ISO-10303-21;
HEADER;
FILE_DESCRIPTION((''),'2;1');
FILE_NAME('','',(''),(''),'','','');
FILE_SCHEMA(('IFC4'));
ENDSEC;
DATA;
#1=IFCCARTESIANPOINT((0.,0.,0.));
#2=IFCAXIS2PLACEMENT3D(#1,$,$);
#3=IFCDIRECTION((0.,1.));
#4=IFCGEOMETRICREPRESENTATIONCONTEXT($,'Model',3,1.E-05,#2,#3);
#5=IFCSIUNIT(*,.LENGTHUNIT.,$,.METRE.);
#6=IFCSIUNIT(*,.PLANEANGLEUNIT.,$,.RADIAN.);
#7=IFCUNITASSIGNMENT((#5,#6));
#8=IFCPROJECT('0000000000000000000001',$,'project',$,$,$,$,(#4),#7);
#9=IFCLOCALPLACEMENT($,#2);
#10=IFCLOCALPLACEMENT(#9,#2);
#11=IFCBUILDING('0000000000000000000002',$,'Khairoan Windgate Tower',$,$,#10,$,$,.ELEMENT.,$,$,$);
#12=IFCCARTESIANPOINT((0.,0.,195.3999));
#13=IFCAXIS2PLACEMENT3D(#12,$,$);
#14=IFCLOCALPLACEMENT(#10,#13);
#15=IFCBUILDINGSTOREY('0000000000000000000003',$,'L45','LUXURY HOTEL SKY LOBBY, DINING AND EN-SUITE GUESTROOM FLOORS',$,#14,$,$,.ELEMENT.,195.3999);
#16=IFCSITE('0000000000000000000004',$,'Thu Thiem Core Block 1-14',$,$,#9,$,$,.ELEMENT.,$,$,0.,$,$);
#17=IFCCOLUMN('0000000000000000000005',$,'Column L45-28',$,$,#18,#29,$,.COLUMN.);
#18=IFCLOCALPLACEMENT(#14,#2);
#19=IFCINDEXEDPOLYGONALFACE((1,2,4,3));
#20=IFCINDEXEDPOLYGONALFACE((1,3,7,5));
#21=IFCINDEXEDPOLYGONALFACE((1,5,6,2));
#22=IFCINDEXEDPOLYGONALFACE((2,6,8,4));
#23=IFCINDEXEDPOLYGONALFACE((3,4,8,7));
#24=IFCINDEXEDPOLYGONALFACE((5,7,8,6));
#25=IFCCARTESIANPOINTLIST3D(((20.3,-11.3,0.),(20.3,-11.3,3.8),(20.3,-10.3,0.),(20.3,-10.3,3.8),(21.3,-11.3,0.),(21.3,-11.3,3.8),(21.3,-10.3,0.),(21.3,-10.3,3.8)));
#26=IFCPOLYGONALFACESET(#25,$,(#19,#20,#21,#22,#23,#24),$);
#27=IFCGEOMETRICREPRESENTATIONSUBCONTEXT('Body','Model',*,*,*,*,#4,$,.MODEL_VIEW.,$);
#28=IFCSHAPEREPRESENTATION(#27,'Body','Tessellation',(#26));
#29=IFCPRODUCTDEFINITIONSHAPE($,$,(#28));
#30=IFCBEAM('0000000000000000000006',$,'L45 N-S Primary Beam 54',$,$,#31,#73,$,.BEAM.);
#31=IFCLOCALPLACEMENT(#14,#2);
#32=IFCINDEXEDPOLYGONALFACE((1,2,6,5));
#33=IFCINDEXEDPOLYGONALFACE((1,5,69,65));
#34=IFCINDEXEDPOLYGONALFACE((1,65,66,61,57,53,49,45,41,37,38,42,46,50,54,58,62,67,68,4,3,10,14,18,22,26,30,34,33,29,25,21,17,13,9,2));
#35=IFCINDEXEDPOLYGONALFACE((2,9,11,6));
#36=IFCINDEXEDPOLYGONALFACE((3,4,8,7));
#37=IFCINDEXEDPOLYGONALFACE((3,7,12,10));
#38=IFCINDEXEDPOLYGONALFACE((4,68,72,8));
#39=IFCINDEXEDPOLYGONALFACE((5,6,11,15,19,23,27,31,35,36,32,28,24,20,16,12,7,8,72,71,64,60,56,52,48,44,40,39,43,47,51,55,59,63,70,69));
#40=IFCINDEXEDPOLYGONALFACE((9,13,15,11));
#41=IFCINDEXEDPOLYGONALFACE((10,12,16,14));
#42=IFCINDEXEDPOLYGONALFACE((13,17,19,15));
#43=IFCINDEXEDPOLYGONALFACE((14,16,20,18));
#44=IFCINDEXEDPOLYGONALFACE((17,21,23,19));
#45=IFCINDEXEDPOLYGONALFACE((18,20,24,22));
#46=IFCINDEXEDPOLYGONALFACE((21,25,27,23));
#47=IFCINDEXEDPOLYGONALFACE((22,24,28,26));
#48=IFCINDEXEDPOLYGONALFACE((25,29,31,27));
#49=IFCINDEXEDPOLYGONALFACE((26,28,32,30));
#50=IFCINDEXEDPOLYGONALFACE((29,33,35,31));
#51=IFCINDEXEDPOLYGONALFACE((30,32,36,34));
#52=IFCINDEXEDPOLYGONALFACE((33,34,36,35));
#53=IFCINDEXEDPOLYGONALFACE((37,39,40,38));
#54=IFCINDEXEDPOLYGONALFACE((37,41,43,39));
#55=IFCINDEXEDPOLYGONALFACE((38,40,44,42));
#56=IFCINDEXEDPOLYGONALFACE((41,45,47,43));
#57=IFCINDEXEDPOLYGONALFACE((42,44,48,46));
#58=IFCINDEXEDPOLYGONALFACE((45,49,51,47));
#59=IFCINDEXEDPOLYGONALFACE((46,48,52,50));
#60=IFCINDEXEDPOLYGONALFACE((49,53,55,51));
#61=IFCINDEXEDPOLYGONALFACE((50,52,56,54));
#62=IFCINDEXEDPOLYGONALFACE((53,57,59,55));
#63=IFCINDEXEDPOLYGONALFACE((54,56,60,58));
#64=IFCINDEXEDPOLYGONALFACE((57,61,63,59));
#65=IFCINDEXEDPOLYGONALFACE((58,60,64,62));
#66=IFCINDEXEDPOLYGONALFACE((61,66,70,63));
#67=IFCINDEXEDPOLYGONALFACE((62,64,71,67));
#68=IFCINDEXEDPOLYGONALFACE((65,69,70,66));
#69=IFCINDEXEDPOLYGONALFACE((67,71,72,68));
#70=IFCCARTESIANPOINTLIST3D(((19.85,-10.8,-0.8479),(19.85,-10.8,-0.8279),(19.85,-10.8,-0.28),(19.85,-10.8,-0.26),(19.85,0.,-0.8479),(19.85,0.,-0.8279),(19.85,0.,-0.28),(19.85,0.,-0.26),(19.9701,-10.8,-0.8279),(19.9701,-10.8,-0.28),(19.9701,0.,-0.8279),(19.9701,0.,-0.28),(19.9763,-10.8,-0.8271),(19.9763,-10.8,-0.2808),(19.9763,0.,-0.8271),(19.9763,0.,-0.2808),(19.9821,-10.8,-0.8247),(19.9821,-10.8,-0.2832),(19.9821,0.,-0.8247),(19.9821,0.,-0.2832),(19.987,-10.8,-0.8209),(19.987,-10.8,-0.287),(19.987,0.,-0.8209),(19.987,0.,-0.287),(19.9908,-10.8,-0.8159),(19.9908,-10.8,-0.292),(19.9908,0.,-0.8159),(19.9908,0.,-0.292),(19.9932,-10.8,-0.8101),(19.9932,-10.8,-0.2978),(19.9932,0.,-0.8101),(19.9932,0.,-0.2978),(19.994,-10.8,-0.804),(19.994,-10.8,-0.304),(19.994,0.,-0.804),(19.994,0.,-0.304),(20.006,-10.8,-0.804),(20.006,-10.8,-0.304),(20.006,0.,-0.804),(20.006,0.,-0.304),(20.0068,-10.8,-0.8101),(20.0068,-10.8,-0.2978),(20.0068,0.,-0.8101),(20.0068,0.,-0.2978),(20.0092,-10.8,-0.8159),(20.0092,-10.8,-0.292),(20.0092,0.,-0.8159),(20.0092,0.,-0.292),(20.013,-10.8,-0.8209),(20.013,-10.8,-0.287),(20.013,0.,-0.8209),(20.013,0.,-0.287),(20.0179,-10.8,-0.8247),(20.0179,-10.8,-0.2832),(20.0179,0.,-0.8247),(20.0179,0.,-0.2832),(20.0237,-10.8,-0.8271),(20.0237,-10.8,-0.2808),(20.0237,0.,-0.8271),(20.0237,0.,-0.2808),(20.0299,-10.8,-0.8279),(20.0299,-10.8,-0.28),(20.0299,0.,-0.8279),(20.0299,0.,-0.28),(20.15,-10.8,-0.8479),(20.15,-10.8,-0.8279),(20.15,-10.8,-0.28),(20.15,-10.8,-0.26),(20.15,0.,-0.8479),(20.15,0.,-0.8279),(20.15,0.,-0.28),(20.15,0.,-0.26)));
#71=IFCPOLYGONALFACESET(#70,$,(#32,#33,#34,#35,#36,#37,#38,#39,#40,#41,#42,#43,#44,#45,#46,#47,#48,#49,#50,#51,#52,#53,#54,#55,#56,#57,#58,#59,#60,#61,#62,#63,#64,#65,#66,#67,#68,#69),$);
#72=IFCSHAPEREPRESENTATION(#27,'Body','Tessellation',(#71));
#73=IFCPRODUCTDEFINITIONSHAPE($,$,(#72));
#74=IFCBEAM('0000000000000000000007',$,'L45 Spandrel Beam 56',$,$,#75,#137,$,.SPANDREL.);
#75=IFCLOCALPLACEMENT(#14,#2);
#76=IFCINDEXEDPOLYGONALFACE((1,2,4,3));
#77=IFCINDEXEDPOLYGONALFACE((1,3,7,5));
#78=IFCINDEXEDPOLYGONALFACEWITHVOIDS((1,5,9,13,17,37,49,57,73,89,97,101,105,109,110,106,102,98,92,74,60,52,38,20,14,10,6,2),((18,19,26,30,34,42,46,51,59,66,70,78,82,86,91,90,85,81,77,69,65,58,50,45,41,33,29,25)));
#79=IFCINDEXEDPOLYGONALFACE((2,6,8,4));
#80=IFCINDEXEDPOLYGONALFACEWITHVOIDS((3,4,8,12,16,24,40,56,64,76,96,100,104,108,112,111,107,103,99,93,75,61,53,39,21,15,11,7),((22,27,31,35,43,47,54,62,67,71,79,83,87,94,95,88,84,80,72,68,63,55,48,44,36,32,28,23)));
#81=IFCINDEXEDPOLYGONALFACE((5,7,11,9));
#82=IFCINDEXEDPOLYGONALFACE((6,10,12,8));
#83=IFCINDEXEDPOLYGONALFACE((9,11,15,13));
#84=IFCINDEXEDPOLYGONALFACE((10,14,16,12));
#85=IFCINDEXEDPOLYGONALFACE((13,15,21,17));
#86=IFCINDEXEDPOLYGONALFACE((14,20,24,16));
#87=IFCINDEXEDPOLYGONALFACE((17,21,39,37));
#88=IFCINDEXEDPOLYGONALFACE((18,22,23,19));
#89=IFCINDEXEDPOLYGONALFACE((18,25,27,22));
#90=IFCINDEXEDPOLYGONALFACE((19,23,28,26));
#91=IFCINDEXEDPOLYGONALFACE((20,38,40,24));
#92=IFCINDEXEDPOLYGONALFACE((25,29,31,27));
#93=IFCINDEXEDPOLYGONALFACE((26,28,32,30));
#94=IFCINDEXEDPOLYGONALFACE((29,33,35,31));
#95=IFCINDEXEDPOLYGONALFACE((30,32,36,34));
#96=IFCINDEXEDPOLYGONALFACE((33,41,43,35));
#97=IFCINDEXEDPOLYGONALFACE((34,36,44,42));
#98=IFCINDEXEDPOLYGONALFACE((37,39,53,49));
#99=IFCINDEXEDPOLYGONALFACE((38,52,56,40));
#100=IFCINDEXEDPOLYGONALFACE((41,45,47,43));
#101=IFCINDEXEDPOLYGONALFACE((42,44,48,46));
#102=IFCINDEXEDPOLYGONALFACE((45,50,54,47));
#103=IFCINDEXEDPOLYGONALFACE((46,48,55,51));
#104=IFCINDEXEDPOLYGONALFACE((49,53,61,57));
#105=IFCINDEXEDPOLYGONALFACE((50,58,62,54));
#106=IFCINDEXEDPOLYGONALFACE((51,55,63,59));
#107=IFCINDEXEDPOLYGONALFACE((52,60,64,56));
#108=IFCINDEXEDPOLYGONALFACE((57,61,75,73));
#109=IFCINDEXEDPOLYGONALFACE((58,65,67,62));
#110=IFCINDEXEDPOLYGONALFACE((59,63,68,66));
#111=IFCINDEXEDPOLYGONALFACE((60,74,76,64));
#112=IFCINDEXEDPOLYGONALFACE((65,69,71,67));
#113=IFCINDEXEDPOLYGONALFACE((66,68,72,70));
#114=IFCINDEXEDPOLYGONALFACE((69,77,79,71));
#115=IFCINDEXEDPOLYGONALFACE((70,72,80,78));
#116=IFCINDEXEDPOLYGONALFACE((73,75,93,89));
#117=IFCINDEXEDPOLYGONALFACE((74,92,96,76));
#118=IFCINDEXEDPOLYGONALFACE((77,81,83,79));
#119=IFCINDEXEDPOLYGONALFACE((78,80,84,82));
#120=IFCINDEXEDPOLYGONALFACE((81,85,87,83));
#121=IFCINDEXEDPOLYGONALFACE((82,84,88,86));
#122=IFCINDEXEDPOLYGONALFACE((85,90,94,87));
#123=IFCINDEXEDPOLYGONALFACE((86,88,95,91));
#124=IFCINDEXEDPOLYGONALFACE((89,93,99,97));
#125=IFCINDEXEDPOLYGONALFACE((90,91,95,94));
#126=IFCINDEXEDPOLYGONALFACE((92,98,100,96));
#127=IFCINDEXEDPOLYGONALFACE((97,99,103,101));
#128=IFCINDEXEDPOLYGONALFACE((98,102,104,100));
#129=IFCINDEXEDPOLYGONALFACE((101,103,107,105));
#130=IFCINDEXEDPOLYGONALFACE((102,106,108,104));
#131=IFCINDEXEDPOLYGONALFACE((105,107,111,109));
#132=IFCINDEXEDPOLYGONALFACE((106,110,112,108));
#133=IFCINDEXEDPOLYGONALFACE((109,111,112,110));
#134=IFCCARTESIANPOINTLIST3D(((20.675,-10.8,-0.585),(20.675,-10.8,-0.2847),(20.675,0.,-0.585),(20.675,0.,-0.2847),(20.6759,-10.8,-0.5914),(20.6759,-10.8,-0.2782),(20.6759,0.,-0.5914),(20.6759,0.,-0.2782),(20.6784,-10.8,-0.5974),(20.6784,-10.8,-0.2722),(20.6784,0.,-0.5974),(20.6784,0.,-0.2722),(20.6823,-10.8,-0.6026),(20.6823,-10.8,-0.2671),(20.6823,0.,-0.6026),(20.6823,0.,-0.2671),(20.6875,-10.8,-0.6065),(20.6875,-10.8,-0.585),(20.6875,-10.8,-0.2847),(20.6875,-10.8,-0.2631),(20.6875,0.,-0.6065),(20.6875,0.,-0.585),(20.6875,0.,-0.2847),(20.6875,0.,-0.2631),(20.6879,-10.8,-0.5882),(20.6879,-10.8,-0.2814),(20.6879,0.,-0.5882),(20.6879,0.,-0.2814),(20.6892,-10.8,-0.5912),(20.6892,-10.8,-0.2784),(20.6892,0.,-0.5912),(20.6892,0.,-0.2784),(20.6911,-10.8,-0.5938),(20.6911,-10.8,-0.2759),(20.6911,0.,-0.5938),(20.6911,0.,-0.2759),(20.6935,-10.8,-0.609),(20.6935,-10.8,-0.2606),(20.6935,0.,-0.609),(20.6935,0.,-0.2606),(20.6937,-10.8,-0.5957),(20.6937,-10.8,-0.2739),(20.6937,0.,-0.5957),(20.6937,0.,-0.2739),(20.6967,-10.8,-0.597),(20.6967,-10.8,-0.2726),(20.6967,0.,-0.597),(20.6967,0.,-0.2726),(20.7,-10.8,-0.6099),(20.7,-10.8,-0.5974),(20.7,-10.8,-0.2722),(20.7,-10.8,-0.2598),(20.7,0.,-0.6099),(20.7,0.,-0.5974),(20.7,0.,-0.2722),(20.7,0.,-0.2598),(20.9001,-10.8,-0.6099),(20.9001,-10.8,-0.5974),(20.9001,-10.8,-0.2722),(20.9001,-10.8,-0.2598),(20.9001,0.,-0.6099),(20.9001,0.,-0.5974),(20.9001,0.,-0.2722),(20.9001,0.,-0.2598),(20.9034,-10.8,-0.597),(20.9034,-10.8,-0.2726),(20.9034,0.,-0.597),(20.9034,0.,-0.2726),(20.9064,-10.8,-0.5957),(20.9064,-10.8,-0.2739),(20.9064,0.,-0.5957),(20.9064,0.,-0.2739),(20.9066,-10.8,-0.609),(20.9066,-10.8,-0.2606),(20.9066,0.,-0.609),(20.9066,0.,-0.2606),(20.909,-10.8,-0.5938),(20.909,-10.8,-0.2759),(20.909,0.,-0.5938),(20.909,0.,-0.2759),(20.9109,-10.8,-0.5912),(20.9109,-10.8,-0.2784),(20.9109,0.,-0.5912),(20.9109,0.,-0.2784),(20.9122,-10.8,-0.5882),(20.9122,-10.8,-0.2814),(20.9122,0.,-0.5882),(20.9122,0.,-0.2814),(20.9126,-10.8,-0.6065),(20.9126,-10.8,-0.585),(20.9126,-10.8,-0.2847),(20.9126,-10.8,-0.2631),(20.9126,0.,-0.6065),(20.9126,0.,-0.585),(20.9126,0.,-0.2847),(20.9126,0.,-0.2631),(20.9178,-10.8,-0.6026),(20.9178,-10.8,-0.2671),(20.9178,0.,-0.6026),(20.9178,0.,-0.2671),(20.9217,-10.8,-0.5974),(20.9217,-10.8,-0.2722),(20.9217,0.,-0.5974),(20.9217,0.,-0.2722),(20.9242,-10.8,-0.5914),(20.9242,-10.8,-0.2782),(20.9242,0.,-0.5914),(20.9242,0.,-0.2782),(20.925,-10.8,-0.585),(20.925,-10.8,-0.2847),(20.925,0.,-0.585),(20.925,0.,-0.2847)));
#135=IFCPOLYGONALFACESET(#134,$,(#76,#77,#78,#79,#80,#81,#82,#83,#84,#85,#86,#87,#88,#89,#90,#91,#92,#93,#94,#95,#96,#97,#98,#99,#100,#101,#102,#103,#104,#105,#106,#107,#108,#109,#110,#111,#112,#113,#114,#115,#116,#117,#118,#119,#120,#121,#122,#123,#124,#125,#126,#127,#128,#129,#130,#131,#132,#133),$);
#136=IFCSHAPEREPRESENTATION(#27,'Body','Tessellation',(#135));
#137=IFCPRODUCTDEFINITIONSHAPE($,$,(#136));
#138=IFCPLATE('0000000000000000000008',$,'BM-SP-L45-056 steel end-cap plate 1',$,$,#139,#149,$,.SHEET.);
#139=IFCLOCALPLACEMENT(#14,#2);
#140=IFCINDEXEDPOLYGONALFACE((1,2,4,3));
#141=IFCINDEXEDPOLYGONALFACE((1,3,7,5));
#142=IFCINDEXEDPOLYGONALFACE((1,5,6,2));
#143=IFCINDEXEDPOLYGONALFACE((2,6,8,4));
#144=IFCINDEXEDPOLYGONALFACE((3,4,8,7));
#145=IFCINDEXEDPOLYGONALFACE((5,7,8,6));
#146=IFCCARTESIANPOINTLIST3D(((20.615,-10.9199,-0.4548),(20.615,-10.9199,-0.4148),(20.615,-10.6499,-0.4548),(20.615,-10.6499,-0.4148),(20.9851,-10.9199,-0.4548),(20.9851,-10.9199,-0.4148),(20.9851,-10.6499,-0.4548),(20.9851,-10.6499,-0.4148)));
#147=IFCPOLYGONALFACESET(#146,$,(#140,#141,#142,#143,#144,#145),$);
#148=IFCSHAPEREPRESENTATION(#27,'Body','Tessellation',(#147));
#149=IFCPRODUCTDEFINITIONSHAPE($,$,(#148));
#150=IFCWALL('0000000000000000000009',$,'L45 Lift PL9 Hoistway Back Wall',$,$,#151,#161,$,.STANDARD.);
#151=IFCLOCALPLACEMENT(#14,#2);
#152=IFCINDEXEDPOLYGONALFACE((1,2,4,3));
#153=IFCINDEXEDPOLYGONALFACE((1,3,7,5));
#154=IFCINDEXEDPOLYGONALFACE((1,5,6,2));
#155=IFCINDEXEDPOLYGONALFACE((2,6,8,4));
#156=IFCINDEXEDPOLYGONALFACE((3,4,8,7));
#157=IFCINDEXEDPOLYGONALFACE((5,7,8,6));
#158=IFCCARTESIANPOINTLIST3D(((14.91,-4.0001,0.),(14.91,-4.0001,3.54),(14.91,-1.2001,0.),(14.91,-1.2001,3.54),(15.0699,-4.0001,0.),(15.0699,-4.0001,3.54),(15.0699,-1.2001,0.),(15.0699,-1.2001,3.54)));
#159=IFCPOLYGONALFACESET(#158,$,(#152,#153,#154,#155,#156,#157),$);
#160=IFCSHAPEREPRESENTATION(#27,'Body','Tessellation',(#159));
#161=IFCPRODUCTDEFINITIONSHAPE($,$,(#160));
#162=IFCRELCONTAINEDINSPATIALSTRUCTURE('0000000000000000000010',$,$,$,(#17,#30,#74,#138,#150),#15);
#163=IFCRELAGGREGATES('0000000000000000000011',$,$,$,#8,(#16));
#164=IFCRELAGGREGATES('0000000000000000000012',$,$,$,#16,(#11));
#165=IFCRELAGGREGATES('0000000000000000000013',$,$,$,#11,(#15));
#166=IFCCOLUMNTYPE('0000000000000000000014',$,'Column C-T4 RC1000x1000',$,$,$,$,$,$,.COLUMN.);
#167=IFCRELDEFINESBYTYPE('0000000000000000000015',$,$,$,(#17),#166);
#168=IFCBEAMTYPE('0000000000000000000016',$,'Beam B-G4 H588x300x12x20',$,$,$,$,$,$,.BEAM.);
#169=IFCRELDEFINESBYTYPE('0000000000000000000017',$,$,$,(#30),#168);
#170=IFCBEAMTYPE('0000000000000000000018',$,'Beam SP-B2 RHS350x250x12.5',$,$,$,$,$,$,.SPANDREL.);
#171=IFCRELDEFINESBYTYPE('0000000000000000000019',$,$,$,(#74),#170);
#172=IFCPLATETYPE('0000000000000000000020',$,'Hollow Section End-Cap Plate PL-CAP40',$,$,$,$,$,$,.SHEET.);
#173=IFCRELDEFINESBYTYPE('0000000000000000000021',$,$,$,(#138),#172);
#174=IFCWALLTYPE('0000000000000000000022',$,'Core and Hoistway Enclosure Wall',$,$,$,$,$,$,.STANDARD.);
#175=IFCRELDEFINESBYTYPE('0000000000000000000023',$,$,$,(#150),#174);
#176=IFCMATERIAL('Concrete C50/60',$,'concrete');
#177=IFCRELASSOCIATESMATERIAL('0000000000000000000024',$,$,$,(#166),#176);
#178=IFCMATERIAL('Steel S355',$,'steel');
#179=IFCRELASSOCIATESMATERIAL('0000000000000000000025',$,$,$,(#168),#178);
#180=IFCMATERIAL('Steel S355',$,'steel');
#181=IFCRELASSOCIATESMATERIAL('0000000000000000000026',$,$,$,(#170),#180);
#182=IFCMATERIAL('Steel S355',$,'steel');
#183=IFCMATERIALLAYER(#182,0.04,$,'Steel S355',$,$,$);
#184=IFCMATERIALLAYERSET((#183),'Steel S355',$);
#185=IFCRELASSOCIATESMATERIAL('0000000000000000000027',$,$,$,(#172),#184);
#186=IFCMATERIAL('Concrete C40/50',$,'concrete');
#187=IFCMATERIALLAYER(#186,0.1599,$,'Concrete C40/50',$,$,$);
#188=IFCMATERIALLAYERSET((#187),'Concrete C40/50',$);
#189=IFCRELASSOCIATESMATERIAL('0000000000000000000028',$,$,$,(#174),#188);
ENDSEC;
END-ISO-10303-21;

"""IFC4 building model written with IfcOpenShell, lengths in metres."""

from ifc_helpers import new_model, si_unit, direction, frame, frame_2d, origin, origin_2d, place, context, subcontext, project, spatial, rectangle, hollow_rectangle, i_section, extrude, material, layer, layer_set, material_profile, profile_set, type_object, element, save


model = new_model("IFC4")

# Units and contexts
model_context = context("Model", 3, precision=1e-05, world=origin(), true_north=direction((0.0, 1.0)))
body_context = subcontext(model_context, "Body", "Model", "MODEL_VIEW")
ifc_project = project(units=[si_unit("LENGTHUNIT", "METRE"), si_unit("PLANEANGLEUNIT", "RADIAN")], contexts=[model_context])

# Site, building, storey
site_placement = place(None, origin())
site = spatial("IfcSite", under=ifc_project, at=site_placement, Name="Thu Thiem Core Block 1-14", CompositionType="ELEMENT", RefElevation=0.0)
building_placement = place(site_placement, origin())
building = spatial("IfcBuilding", under=site, at=building_placement, Name="Khairoan Windgate Tower", CompositionType="ELEMENT")
storey_placement = place(building_placement, frame((0.0, 0.0, 195.3999)))
storey = spatial("IfcBuildingStorey", under=building, at=storey_placement, Name="L45", Description="LUXURY HOTEL SKY LOBBY, DINING AND EN-SUITE GUESTROOM FLOORS", CompositionType="ELEMENT", Elevation=195.3999)

# Column
ifc_material_1 = material(Name="Concrete C50/60", Category="concrete")
ifc_material_profile_1 = material_profile(ifc_material_1, rectangle(XDim=1.0, YDim=1.0, at=origin_2d()))
ifc_profile_set_1 = profile_set([ifc_material_profile_1], Name="Concrete C50/60")
column_type = type_object("IfcColumnType", Name="Column C-T4 RC1000x1000", PredefinedType="COLUMN", material=ifc_profile_set_1)
column_placement = place(storey_placement, frame((20.8, -10.8, 0.0), z_axis=(0.0, 0.0, 1.0), x_axis=(1.0, 0.0, 0.0)))
element("IfcColumn", 1, at=column_placement, inside=storey, type_object=column_type, Name="Column L45-28", PredefinedType="COLUMN", context=body_context, shape_type="SweptSolid", body=[
    extrude(rectangle(XDim=1.0, YDim=1.0, at=origin_2d()), origin(), (0.0, 0.0, 1.0), 3.8),
])

# Beams
ifc_material_2 = material(Name="Steel S355", Category="steel")
ifc_material_profile_2 = material_profile(ifc_material_2, i_section(OverallWidth=0.3, OverallDepth=0.5879, WebThickness=0.012, FlangeThickness=0.02, FilletRadius=0.0239, at=origin_2d()))
ifc_profile_set_2 = profile_set([ifc_material_profile_2], Name="Steel S355")
beam_type_1 = type_object("IfcBeamType", Name="Beam B-G4 H588x300x12x20", PredefinedType="BEAM", material=ifc_profile_set_2)
beam_1_placement = place(storey_placement, frame((20.0, -10.8, -0.554), z_axis=(0.0, 1.0, 0.0), x_axis=(-1.0, 0.0, 0.0)))
element("IfcBeam", 2, at=beam_1_placement, inside=storey, type_object=beam_type_1, Name="L45 N-S Primary Beam 54", PredefinedType="BEAM", context=body_context, shape_type="SweptSolid", body=[
    extrude(i_section(OverallWidth=0.3, OverallDepth=0.5879, WebThickness=0.012, FlangeThickness=0.02, FilletRadius=0.0239, at=origin_2d()), origin(), (0.0, 0.0, 1.0), 10.8),
])
ifc_material_3 = material(Name="Steel S355", Category="steel")
ifc_material_profile_3 = material_profile(ifc_material_3, hollow_rectangle(XDim=0.25, YDim=0.3501, WallThickness=0.0125, InnerFilletRadius=0.0125, OuterFilletRadius=0.0249, at=origin_2d()))
ifc_profile_set_3 = profile_set([ifc_material_profile_3], Name="Steel S355")
beam_type_2 = type_object("IfcBeamType", Name="Beam SP-B2 RHS350x250x12.5", PredefinedType="SPANDREL", material=ifc_profile_set_3)
beam_2_placement = place(storey_placement, frame((20.8, -10.8, -0.4348), z_axis=(0.0, 1.0, 0.0), x_axis=(-1.0, 0.0, 0.0)))
element("IfcBeam", 3, at=beam_2_placement, inside=storey, type_object=beam_type_2, Name="L45 Spandrel Beam 56", PredefinedType="SPANDREL", context=body_context, shape_type="SweptSolid", body=[
    extrude(hollow_rectangle(XDim=0.25, YDim=0.3501, WallThickness=0.0125, InnerFilletRadius=0.0125, OuterFilletRadius=0.0249, at=origin_2d()), origin(), (0.0, 0.0, 1.0), 10.8),
])

# Plate
ifc_material_4 = material(Name="Steel S355", Category="steel")
ifc_layer_1 = layer(ifc_material_4, 0.04, Name="Steel S355")
ifc_layer_set_1 = layer_set([ifc_layer_1], Name="Steel S355")
plate_type = type_object("IfcPlateType", Name="Hollow Section End-Cap Plate PL-CAP40", PredefinedType="SHEET", material=ifc_layer_set_1)
plate_placement = place(storey_placement, frame((20.8, -10.7849, -0.4548), z_axis=(0.0, 0.0, 1.0), x_axis=(0.0, 1.0, 0.0)))
element("IfcPlate", 4, at=plate_placement, inside=storey, type_object=plate_type, Name="BM-SP-L45-056 steel end-cap plate 1", PredefinedType="SHEET", context=body_context, shape_type="SweptSolid", body=[
    extrude(rectangle(XDim=0.27, YDim=0.3701, at=origin_2d()), origin(), (0.0, 0.0, 1.0), 0.04),
])

# Wall
ifc_material_5 = material(Name="Concrete C40/50", Category="concrete")
ifc_layer_2 = layer(ifc_material_5, 0.1599, Name="Concrete C40/50")
ifc_layer_set_2 = layer_set([ifc_layer_2], Name="Concrete C40/50")
wall_type_1 = type_object("IfcWallType", Name="Core and Hoistway Enclosure Wall", PredefinedType="STANDARD", material=ifc_layer_set_2)
wall_1_placement = place(storey_placement, frame((14.99, -4.0, 0.0), z_axis=(0.0, 0.0, 1.0), x_axis=(0.0, 1.0, 0.0)))
element("IfcWall", 5, at=wall_1_placement, inside=storey, type_object=wall_type_1, Name="L45 Lift PL9 Hoistway Back Wall", PredefinedType="STANDARD", context=body_context, shape_type="SweptSolid", body=[
    extrude(rectangle(XDim=2.8, YDim=0.1599, at=frame_2d((1.3999, 0.0))), origin(), (0.0, 0.0, 1.0), 3.54),
])

save(model, "model.ifc")
